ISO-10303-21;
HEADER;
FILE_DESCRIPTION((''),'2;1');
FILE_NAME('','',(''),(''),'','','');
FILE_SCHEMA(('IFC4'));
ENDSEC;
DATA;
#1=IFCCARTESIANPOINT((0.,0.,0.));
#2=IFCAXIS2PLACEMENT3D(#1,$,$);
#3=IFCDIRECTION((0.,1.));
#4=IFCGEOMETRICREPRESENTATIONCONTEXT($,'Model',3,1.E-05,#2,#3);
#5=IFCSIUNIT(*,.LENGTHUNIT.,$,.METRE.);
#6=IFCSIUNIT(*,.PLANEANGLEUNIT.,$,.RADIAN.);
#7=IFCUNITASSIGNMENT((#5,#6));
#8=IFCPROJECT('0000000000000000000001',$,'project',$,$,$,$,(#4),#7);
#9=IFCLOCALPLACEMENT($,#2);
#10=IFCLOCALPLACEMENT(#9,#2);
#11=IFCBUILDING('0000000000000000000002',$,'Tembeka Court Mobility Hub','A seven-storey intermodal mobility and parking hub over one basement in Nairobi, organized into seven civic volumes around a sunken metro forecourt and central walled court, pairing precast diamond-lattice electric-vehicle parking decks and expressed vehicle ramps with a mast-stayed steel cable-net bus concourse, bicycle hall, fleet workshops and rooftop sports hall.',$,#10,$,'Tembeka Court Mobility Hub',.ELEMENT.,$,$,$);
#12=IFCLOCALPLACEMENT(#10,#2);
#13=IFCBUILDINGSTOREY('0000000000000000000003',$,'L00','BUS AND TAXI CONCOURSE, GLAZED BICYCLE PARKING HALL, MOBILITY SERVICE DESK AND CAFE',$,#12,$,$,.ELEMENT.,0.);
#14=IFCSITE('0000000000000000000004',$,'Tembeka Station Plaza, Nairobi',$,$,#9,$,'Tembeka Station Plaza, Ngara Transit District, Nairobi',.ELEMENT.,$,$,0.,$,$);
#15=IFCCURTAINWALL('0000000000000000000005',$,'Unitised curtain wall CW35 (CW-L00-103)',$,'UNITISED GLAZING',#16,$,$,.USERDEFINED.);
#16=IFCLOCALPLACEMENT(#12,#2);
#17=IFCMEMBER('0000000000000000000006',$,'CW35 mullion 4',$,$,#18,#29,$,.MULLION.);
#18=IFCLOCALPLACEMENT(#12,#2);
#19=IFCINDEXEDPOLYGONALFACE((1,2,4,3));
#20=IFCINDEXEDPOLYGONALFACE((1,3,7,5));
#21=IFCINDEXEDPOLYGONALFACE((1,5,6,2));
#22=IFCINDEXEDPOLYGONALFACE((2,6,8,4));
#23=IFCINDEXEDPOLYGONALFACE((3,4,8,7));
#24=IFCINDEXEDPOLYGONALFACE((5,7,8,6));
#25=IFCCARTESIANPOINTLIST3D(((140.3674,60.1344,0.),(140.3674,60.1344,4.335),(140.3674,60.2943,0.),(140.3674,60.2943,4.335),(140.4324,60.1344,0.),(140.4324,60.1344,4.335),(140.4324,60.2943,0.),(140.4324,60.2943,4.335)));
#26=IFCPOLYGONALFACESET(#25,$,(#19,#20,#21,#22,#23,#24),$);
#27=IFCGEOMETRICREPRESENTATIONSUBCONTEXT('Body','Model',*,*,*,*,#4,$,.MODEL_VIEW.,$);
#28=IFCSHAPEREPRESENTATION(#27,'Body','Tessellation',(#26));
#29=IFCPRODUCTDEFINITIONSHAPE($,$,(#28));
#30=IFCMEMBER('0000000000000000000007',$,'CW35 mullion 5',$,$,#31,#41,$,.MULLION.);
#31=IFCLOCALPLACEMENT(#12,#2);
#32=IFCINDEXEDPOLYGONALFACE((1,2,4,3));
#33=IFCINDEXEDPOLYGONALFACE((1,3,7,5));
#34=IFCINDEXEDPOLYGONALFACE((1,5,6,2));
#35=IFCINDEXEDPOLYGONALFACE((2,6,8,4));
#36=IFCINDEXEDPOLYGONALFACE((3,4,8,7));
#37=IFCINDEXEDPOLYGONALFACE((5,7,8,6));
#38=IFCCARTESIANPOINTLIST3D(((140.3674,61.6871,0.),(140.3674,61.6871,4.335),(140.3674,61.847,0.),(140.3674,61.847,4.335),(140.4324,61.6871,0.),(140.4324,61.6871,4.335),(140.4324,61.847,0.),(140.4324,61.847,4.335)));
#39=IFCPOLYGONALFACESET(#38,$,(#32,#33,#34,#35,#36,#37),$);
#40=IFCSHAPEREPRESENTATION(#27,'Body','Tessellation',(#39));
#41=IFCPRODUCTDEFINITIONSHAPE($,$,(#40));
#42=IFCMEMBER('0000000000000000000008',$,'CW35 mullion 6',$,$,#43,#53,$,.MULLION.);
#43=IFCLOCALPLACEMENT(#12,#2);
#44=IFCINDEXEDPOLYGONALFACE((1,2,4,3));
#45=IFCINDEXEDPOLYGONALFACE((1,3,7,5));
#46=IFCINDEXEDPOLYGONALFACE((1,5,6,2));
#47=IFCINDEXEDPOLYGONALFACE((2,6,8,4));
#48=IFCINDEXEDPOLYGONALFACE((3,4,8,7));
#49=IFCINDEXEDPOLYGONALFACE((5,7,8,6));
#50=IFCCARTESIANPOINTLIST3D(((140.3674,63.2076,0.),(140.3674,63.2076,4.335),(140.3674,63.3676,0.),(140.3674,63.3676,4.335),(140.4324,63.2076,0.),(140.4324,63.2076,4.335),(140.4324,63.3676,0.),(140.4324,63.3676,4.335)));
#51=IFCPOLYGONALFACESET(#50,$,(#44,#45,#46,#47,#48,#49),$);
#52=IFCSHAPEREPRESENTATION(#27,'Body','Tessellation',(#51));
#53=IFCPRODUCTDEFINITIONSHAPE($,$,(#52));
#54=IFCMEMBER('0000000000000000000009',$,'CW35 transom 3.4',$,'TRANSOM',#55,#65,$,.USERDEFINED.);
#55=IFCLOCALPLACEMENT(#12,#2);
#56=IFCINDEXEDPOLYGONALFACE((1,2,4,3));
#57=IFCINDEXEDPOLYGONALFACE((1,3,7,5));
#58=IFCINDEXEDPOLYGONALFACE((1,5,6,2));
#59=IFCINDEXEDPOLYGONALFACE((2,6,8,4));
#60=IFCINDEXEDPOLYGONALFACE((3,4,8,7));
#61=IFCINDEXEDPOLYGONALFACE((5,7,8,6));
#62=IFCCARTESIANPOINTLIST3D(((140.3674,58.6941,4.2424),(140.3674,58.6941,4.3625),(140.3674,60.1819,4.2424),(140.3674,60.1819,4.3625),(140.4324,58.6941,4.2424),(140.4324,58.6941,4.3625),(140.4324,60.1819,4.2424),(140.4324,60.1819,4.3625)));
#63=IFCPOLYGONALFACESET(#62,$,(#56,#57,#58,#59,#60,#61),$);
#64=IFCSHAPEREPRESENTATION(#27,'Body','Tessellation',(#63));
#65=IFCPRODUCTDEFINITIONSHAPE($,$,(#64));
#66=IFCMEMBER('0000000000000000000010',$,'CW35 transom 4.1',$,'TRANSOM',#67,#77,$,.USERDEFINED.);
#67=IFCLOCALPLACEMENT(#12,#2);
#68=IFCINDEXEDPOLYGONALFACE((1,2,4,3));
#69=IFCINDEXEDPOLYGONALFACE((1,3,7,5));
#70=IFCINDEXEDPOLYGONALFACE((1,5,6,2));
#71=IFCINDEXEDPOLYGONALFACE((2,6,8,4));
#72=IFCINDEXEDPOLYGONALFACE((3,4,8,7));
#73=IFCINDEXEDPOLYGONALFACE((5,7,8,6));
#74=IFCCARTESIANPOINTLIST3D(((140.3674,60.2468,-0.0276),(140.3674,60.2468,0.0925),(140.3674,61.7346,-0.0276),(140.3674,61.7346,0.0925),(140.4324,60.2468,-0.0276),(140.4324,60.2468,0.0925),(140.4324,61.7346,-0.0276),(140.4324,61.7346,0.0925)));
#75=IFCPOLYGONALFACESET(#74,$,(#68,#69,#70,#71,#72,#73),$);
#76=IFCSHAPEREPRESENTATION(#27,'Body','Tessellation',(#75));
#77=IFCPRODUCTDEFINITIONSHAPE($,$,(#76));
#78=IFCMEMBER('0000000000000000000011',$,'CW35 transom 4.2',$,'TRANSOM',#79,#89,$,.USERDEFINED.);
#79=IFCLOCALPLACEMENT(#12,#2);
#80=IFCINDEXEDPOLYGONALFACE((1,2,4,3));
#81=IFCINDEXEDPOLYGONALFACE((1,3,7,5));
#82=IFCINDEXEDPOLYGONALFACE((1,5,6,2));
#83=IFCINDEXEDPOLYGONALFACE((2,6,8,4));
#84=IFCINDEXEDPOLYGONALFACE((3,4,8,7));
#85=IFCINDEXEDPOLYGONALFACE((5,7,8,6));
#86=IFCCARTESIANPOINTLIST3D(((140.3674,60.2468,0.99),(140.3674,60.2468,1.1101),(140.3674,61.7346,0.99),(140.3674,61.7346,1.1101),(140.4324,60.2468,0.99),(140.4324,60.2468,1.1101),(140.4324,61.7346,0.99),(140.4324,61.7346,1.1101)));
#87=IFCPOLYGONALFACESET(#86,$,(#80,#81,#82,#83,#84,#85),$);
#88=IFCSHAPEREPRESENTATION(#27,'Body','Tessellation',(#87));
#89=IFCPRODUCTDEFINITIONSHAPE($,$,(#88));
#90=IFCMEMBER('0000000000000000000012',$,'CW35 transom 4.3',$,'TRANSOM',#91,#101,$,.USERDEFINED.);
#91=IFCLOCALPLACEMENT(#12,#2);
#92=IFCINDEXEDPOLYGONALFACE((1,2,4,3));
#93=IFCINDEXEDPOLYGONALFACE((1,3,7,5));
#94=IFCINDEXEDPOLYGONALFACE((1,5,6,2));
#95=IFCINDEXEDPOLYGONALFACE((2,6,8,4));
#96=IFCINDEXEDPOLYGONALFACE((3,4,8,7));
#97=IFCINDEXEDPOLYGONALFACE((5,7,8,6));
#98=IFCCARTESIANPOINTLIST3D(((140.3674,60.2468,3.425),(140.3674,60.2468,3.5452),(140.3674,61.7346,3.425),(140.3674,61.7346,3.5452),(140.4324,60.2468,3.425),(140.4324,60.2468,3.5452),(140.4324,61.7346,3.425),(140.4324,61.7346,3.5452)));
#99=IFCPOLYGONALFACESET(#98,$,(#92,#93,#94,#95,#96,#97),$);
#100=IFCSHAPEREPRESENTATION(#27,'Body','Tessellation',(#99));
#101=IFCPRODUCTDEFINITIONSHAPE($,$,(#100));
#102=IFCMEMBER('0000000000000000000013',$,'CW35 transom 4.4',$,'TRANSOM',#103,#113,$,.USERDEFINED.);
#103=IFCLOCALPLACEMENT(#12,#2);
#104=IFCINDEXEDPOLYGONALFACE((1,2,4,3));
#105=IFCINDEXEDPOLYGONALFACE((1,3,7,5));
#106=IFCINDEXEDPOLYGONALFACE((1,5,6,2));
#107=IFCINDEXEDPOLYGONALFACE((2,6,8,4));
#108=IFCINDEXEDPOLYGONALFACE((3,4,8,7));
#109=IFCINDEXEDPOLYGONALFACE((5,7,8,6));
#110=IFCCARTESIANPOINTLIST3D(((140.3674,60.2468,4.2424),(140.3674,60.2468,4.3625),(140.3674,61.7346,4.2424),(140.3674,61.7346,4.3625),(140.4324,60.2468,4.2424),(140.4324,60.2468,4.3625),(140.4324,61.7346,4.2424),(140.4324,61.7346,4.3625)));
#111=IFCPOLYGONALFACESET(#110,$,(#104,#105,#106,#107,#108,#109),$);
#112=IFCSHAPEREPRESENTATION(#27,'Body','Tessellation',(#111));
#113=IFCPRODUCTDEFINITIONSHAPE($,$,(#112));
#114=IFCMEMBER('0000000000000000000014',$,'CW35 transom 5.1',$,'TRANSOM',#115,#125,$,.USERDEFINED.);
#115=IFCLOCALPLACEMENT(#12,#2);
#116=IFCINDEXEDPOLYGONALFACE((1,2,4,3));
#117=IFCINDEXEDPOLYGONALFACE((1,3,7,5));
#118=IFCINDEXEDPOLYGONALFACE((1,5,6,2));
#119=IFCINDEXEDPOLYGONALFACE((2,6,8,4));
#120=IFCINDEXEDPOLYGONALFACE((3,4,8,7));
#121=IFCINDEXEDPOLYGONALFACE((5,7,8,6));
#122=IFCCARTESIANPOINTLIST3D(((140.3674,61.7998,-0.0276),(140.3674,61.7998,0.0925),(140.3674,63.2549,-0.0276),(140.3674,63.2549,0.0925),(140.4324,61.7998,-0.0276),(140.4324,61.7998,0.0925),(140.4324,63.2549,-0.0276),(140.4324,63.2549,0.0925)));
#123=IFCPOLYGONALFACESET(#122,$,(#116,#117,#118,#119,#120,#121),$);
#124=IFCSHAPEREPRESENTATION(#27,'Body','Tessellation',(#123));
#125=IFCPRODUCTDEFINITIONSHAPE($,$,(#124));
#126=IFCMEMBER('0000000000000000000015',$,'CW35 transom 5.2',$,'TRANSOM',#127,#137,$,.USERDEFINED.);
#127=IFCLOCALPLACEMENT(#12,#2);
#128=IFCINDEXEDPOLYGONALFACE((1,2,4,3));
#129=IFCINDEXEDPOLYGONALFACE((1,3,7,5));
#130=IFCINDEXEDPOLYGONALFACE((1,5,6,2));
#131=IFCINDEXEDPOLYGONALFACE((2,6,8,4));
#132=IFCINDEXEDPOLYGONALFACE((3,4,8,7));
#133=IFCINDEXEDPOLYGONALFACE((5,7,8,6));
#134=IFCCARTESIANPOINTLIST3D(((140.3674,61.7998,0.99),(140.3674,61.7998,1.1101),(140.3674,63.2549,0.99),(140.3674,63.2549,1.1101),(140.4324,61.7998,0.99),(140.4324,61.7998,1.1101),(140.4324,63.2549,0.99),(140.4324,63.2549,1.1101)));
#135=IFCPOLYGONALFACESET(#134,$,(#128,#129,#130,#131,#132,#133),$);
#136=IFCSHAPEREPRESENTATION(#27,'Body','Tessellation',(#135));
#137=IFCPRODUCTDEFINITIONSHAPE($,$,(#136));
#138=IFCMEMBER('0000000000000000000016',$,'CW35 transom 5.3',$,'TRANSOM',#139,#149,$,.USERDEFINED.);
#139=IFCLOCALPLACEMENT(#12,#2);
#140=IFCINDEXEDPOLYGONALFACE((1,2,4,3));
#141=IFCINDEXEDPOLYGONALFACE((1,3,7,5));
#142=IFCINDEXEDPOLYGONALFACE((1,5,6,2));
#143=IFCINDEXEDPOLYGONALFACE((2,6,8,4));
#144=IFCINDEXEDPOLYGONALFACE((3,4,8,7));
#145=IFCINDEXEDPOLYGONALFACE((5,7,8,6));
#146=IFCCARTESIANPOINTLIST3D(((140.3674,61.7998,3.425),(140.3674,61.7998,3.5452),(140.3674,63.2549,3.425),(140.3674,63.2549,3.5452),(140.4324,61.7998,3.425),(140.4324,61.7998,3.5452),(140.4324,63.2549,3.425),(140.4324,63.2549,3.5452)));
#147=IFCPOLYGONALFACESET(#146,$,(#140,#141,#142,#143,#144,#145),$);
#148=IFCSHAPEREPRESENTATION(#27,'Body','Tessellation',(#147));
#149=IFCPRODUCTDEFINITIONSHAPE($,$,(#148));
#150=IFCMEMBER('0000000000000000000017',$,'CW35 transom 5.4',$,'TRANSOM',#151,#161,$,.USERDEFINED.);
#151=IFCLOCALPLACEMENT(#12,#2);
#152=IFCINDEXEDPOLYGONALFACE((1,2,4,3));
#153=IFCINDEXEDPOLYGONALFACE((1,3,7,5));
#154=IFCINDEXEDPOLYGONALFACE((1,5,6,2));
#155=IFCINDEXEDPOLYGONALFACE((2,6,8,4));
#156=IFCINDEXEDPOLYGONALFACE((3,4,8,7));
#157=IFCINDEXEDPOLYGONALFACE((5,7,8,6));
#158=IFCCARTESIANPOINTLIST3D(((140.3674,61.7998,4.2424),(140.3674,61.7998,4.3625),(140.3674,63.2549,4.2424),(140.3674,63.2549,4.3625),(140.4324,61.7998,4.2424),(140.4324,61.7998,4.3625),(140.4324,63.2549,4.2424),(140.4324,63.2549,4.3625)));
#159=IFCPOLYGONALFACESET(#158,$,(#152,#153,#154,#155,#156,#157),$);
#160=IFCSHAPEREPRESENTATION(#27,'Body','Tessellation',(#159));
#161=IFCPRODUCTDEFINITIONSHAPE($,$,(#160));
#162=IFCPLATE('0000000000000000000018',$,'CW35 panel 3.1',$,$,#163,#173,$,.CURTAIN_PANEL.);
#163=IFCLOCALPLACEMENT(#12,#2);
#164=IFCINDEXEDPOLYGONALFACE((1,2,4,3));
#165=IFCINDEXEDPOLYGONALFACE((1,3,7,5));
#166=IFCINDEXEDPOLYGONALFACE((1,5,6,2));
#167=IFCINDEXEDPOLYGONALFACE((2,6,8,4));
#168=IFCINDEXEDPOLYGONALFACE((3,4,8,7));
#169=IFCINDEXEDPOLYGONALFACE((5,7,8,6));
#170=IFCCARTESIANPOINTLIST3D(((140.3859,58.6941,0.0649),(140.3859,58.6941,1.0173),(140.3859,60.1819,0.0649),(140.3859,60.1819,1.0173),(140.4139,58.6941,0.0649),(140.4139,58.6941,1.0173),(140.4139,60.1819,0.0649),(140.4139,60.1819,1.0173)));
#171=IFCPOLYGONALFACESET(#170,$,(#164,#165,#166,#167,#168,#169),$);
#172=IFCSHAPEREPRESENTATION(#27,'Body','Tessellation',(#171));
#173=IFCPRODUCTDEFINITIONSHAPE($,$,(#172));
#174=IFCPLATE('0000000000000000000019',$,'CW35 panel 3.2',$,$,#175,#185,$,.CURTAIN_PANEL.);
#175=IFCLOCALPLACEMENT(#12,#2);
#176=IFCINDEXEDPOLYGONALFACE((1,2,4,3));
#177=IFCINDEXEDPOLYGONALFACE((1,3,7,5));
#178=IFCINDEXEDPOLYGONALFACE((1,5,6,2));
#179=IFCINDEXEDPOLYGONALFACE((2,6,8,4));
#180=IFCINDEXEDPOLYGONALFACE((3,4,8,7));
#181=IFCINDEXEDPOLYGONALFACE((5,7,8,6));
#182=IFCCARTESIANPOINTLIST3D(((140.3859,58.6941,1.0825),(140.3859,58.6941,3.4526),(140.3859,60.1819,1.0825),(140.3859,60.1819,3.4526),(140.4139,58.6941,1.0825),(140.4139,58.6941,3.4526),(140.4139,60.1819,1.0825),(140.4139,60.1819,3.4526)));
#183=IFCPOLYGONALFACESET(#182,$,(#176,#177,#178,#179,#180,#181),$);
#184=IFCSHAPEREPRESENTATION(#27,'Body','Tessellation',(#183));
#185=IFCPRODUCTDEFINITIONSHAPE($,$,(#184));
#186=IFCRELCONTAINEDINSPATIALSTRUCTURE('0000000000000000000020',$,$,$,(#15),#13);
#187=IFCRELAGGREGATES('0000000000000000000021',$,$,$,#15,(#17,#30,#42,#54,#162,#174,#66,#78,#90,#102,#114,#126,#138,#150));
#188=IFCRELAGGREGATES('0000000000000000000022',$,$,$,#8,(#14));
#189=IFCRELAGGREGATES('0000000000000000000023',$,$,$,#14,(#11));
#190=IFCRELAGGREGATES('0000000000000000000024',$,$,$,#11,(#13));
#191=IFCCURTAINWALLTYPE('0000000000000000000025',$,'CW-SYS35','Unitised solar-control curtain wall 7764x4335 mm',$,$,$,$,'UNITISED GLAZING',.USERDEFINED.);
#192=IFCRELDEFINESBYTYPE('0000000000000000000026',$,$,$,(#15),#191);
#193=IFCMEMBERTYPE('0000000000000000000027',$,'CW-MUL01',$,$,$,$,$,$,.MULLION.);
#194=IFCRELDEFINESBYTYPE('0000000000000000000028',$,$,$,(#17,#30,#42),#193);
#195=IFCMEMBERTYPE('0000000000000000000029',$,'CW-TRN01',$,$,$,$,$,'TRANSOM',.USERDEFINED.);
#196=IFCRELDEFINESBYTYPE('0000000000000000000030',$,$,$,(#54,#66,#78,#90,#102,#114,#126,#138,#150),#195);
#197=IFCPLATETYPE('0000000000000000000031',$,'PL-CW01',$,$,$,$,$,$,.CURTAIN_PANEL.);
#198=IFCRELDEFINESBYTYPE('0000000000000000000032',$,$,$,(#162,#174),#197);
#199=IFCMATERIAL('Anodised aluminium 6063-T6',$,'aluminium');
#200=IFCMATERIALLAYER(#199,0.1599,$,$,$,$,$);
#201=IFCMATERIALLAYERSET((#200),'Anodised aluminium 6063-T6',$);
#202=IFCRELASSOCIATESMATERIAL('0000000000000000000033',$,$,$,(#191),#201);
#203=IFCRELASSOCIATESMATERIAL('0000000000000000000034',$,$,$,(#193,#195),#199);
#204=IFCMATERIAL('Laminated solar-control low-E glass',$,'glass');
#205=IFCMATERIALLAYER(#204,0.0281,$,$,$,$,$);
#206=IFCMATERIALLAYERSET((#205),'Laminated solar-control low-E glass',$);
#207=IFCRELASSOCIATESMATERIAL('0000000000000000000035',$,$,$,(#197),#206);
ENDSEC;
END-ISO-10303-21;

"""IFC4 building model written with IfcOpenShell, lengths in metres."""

from ifc_helpers import new_model, si_unit, direction, frame, origin, origin_2d, place, context, subcontext, project, spatial, rectangle, extrude, material, layer, layer_set, material_profile, profile_set, type_object, element, aggregate, save


model = new_model("IFC4")

# Units and contexts
model_context = context("Model", 3, precision=1e-05, world=origin(), true_north=direction((0.0, 1.0)))
body_context = subcontext(model_context, "Body", "Model", "MODEL_VIEW")
ifc_project = project(units=[si_unit("LENGTHUNIT", "METRE"), si_unit("PLANEANGLEUNIT", "RADIAN")], contexts=[model_context])

# Site, building, storey
site_placement = place(None, origin())
site = spatial("IfcSite", under=ifc_project, at=site_placement, Name="Tembeka Station Plaza, Nairobi", LongName="Tembeka Station Plaza, Ngara Transit District, Nairobi", CompositionType="ELEMENT", RefElevation=0.0)
building_placement = place(site_placement, origin())
building = spatial("IfcBuilding", under=site, at=building_placement, Name="Tembeka Court Mobility Hub", Description="A seven-storey intermodal mobility and parking hub over one basement in Nairobi, organized into seven civic volumes around a sunken metro forecourt and central walled court, pairing precast diamond-lattice electric-vehicle parking decks and expressed vehicle ramps with a mast-stayed steel cable-net bus concourse, bicycle hall, fleet workshops and rooftop sports hall.", LongName="Tembeka Court Mobility Hub", CompositionType="ELEMENT")
storey_placement = place(building_placement, origin())
storey = spatial("IfcBuildingStorey", under=building, at=storey_placement, Name="L00", Description="BUS AND TAXI CONCOURSE, GLAZED BICYCLE PARKING HALL, MOBILITY SERVICE DESK AND CAFE", CompositionType="ELEMENT", Elevation=0.0)

# Curtain wall, members, plates
ifc_material_1 = material(Name="Anodised aluminium 6063-T6", Category="aluminium")
ifc_layer_1 = layer(ifc_material_1, 0.1599)
ifc_layer_set_1 = layer_set([ifc_layer_1], Name="Anodised aluminium 6063-T6")
curtain_wall_type = type_object("IfcCurtainWallType", Name="CW-SYS35", Description="Unitised solar-control curtain wall 7764x4335 mm", ElementType="UNITISED GLAZING", PredefinedType="USERDEFINED", material=ifc_layer_set_1)
curtain_wall_placement = place(storey_placement, origin())
curtain_wall = element("IfcCurtainWall", 1, at=curtain_wall_placement, inside=storey, type_object=curtain_wall_type, Name="Unitised curtain wall CW35 (CW-L00-103)", ObjectType="UNITISED GLAZING", PredefinedType="USERDEFINED")
ifc_material_profile_1 = material_profile(ifc_material_1, rectangle(XDim=0.0649, YDim=0.1599, at=origin_2d()), Name="ALU-MUL 65x160")
ifc_profile_set_1 = profile_set([ifc_material_profile_1], Name="Anodised aluminium 6063-T6")
member_type_1 = type_object("IfcMemberType", Name="CW-MUL01", PredefinedType="MULLION", material=ifc_profile_set_1)
member_1_placement = place(storey_placement, frame((140.3999, 60.2144, 0.0), z_axis=(0.0, 0.0, 1.0), x_axis=(-1.0, 0.0, 0.0)))
member_1 = element("IfcMember", 2, at=member_1_placement, type_object=member_type_1, Name="CW35 mullion 4", PredefinedType="MULLION", context=body_context, shape_type="SweptSolid", body=[
    extrude(rectangle(XDim=0.0649, YDim=0.1599, at=origin_2d()), origin(), (0.0, 0.0, 1.0), 4.335),
])
member_2_placement = place(storey_placement, frame((140.3999, 61.7671, 0.0), z_axis=(0.0, 0.0, 1.0), x_axis=(-1.0, 0.0, 0.0)))
member_2 = element("IfcMember", 3, at=member_2_placement, type_object=member_type_1, Name="CW35 mullion 5", PredefinedType="MULLION", context=body_context, shape_type="SweptSolid", body=[
    extrude(rectangle(XDim=0.0649, YDim=0.1599, at=origin_2d()), origin(), (0.0, 0.0, 1.0), 4.335),
])
member_3_placement = place(storey_placement, frame((140.3999, 63.2876, 0.0), z_axis=(0.0, 0.0, 1.0), x_axis=(-1.0, 0.0, 0.0)))
member_3 = element("IfcMember", 4, at=member_3_placement, type_object=member_type_1, Name="CW35 mullion 6", PredefinedType="MULLION", context=body_context, shape_type="SweptSolid", body=[
    extrude(rectangle(XDim=0.0649, YDim=0.1599, at=origin_2d()), origin(), (0.0, 0.0, 1.0), 4.335),
])
ifc_material_profile_2 = material_profile(ifc_material_1, rectangle(XDim=0.0649, YDim=0.1201, at=origin_2d()), Name="ALU-TRN 65x120")
ifc_profile_set_2 = profile_set([ifc_material_profile_2], Name="Anodised aluminium 6063-T6")
member_type_2 = type_object("IfcMemberType", Name="CW-TRN01", ElementType="TRANSOM", PredefinedType="USERDEFINED", material=ifc_profile_set_2)
member_4_placement = place(storey_placement, frame((140.3999, 58.6941, 4.3025), z_axis=(0.0, 1.0, 0.0), x_axis=(-1.0, 0.0, 0.0)))
member_4 = element("IfcMember", 5, at=member_4_placement, type_object=member_type_2, Name="CW35 transom 3.4", ObjectType="TRANSOM", PredefinedType="USERDEFINED", context=body_context, shape_type="SweptSolid", body=[
    extrude(rectangle(XDim=0.0649, YDim=0.1201, at=origin_2d()), origin(), (0.0, 0.0, 1.0), 1.4878),
])
member_5_placement = place(storey_placement, frame((140.3999, 60.2468, 0.0325), z_axis=(0.0, 1.0, 0.0), x_axis=(-1.0, 0.0, 0.0)))
member_5 = element("IfcMember", 6, at=member_5_placement, type_object=member_type_2, Name="CW35 transom 4.1", ObjectType="TRANSOM", PredefinedType="USERDEFINED", context=body_context, shape_type="SweptSolid", body=[
    extrude(rectangle(XDim=0.0649, YDim=0.1201, at=origin_2d()), origin(), (0.0, 0.0, 1.0), 1.4878),
])
member_6_placement = place(storey_placement, frame((140.3999, 60.2468, 1.05), z_axis=(0.0, 1.0, 0.0), x_axis=(-1.0, 0.0, 0.0)))
member_6 = element("IfcMember", 7, at=member_6_placement, type_object=member_type_2, Name="CW35 transom 4.2", ObjectType="TRANSOM", PredefinedType="USERDEFINED", context=body_context, shape_type="SweptSolid", body=[
    extrude(rectangle(XDim=0.0649, YDim=0.1201, at=origin_2d()), origin(), (0.0, 0.0, 1.0), 1.4878),
])
member_7_placement = place(storey_placement, frame((140.3999, 60.2468, 3.4851), z_axis=(0.0, 1.0, 0.0), x_axis=(-1.0, 0.0, 0.0)))
member_7 = element("IfcMember", 8, at=member_7_placement, type_object=member_type_2, Name="CW35 transom 4.3", ObjectType="TRANSOM", PredefinedType="USERDEFINED", context=body_context, shape_type="SweptSolid", body=[
    extrude(rectangle(XDim=0.0649, YDim=0.1201, at=origin_2d()), origin(), (0.0, 0.0, 1.0), 1.4878),
])
member_8_placement = place(storey_placement, frame((140.3999, 60.2468, 4.3025), z_axis=(0.0, 1.0, 0.0), x_axis=(-1.0, 0.0, 0.0)))
member_8 = element("IfcMember", 9, at=member_8_placement, type_object=member_type_2, Name="CW35 transom 4.4", ObjectType="TRANSOM", PredefinedType="USERDEFINED", context=body_context, shape_type="SweptSolid", body=[
    extrude(rectangle(XDim=0.0649, YDim=0.1201, at=origin_2d()), origin(), (0.0, 0.0, 1.0), 1.4878),
])
member_9_placement = place(storey_placement, frame((140.3999, 61.7998, 0.0325), z_axis=(0.0, 1.0, 0.0), x_axis=(-1.0, 0.0, 0.0)))
member_9 = element("IfcMember", 10, at=member_9_placement, type_object=member_type_2, Name="CW35 transom 5.1", ObjectType="TRANSOM", PredefinedType="USERDEFINED", context=body_context, shape_type="SweptSolid", body=[
    extrude(rectangle(XDim=0.0649, YDim=0.1201, at=origin_2d()), origin(), (0.0, 0.0, 1.0), 1.4551),
])
member_10_placement = place(storey_placement, frame((140.3999, 61.7998, 1.05), z_axis=(0.0, 1.0, 0.0), x_axis=(-1.0, 0.0, 0.0)))
member_10 = element("IfcMember", 11, at=member_10_placement, type_object=member_type_2, Name="CW35 transom 5.2", ObjectType="TRANSOM", PredefinedType="USERDEFINED", context=body_context, shape_type="SweptSolid", body=[
    extrude(rectangle(XDim=0.0649, YDim=0.1201, at=origin_2d()), origin(), (0.0, 0.0, 1.0), 1.4551),
])
member_11_placement = place(storey_placement, frame((140.3999, 61.7998, 3.4851), z_axis=(0.0, 1.0, 0.0), x_axis=(-1.0, 0.0, 0.0)))
member_11 = element("IfcMember", 12, at=member_11_placement, type_object=member_type_2, Name="CW35 transom 5.3", ObjectType="TRANSOM", PredefinedType="USERDEFINED", context=body_context, shape_type="SweptSolid", body=[
    extrude(rectangle(XDim=0.0649, YDim=0.1201, at=origin_2d()), origin(), (0.0, 0.0, 1.0), 1.4551),
])
member_12_placement = place(storey_placement, frame((140.3999, 61.7998, 4.3025), z_axis=(0.0, 1.0, 0.0), x_axis=(-1.0, 0.0, 0.0)))
member_12 = element("IfcMember", 13, at=member_12_placement, type_object=member_type_2, Name="CW35 transom 5.4", ObjectType="TRANSOM", PredefinedType="USERDEFINED", context=body_context, shape_type="SweptSolid", body=[
    extrude(rectangle(XDim=0.0649, YDim=0.1201, at=origin_2d()), origin(), (0.0, 0.0, 1.0), 1.4551),
])
ifc_material_2 = material(Name="Laminated solar-control low-E glass", Category="glass")
ifc_layer_2 = layer(ifc_material_2, 0.0281)
ifc_layer_set_2 = layer_set([ifc_layer_2], Name="Laminated solar-control low-E glass")
plate_type_1 = type_object("IfcPlateType", Name="PL-CW01", PredefinedType="CURTAIN_PANEL", material=ifc_layer_set_2)
plate_1_placement = place(storey_placement, frame((140.3999, 59.438, 0.0649), z_axis=(0.0, 0.0, 1.0), x_axis=(0.0, 1.0, 0.0)))
plate_1 = element("IfcPlate", 14, at=plate_1_placement, type_object=plate_type_1, Name="CW35 panel 3.1", PredefinedType="CURTAIN_PANEL", context=body_context, shape_type="SweptSolid", body=[
    extrude(rectangle(XDim=1.4878, YDim=0.0281, at=origin_2d()), origin(), (0.0, 0.0, 1.0), 0.9524),
])
plate_2_placement = place(storey_placement, frame((140.3999, 59.438, 1.0825), z_axis=(0.0, 0.0, 1.0), x_axis=(0.0, 1.0, 0.0)))
plate_2 = element("IfcPlate", 15, at=plate_2_placement, type_object=plate_type_1, Name="CW35 panel 3.2", PredefinedType="CURTAIN_PANEL", context=body_context, shape_type="SweptSolid", body=[
    extrude(rectangle(XDim=1.4878, YDim=0.0281, at=origin_2d()), origin(), (0.0, 0.0, 1.0), 2.3701),
])
aggregate(curtain_wall, [member_1, member_2, member_3, member_4, plate_1, plate_2, member_5, member_6, member_7, member_8, member_9, member_10, member_11, member_12])

save(model, "model.ifc")
